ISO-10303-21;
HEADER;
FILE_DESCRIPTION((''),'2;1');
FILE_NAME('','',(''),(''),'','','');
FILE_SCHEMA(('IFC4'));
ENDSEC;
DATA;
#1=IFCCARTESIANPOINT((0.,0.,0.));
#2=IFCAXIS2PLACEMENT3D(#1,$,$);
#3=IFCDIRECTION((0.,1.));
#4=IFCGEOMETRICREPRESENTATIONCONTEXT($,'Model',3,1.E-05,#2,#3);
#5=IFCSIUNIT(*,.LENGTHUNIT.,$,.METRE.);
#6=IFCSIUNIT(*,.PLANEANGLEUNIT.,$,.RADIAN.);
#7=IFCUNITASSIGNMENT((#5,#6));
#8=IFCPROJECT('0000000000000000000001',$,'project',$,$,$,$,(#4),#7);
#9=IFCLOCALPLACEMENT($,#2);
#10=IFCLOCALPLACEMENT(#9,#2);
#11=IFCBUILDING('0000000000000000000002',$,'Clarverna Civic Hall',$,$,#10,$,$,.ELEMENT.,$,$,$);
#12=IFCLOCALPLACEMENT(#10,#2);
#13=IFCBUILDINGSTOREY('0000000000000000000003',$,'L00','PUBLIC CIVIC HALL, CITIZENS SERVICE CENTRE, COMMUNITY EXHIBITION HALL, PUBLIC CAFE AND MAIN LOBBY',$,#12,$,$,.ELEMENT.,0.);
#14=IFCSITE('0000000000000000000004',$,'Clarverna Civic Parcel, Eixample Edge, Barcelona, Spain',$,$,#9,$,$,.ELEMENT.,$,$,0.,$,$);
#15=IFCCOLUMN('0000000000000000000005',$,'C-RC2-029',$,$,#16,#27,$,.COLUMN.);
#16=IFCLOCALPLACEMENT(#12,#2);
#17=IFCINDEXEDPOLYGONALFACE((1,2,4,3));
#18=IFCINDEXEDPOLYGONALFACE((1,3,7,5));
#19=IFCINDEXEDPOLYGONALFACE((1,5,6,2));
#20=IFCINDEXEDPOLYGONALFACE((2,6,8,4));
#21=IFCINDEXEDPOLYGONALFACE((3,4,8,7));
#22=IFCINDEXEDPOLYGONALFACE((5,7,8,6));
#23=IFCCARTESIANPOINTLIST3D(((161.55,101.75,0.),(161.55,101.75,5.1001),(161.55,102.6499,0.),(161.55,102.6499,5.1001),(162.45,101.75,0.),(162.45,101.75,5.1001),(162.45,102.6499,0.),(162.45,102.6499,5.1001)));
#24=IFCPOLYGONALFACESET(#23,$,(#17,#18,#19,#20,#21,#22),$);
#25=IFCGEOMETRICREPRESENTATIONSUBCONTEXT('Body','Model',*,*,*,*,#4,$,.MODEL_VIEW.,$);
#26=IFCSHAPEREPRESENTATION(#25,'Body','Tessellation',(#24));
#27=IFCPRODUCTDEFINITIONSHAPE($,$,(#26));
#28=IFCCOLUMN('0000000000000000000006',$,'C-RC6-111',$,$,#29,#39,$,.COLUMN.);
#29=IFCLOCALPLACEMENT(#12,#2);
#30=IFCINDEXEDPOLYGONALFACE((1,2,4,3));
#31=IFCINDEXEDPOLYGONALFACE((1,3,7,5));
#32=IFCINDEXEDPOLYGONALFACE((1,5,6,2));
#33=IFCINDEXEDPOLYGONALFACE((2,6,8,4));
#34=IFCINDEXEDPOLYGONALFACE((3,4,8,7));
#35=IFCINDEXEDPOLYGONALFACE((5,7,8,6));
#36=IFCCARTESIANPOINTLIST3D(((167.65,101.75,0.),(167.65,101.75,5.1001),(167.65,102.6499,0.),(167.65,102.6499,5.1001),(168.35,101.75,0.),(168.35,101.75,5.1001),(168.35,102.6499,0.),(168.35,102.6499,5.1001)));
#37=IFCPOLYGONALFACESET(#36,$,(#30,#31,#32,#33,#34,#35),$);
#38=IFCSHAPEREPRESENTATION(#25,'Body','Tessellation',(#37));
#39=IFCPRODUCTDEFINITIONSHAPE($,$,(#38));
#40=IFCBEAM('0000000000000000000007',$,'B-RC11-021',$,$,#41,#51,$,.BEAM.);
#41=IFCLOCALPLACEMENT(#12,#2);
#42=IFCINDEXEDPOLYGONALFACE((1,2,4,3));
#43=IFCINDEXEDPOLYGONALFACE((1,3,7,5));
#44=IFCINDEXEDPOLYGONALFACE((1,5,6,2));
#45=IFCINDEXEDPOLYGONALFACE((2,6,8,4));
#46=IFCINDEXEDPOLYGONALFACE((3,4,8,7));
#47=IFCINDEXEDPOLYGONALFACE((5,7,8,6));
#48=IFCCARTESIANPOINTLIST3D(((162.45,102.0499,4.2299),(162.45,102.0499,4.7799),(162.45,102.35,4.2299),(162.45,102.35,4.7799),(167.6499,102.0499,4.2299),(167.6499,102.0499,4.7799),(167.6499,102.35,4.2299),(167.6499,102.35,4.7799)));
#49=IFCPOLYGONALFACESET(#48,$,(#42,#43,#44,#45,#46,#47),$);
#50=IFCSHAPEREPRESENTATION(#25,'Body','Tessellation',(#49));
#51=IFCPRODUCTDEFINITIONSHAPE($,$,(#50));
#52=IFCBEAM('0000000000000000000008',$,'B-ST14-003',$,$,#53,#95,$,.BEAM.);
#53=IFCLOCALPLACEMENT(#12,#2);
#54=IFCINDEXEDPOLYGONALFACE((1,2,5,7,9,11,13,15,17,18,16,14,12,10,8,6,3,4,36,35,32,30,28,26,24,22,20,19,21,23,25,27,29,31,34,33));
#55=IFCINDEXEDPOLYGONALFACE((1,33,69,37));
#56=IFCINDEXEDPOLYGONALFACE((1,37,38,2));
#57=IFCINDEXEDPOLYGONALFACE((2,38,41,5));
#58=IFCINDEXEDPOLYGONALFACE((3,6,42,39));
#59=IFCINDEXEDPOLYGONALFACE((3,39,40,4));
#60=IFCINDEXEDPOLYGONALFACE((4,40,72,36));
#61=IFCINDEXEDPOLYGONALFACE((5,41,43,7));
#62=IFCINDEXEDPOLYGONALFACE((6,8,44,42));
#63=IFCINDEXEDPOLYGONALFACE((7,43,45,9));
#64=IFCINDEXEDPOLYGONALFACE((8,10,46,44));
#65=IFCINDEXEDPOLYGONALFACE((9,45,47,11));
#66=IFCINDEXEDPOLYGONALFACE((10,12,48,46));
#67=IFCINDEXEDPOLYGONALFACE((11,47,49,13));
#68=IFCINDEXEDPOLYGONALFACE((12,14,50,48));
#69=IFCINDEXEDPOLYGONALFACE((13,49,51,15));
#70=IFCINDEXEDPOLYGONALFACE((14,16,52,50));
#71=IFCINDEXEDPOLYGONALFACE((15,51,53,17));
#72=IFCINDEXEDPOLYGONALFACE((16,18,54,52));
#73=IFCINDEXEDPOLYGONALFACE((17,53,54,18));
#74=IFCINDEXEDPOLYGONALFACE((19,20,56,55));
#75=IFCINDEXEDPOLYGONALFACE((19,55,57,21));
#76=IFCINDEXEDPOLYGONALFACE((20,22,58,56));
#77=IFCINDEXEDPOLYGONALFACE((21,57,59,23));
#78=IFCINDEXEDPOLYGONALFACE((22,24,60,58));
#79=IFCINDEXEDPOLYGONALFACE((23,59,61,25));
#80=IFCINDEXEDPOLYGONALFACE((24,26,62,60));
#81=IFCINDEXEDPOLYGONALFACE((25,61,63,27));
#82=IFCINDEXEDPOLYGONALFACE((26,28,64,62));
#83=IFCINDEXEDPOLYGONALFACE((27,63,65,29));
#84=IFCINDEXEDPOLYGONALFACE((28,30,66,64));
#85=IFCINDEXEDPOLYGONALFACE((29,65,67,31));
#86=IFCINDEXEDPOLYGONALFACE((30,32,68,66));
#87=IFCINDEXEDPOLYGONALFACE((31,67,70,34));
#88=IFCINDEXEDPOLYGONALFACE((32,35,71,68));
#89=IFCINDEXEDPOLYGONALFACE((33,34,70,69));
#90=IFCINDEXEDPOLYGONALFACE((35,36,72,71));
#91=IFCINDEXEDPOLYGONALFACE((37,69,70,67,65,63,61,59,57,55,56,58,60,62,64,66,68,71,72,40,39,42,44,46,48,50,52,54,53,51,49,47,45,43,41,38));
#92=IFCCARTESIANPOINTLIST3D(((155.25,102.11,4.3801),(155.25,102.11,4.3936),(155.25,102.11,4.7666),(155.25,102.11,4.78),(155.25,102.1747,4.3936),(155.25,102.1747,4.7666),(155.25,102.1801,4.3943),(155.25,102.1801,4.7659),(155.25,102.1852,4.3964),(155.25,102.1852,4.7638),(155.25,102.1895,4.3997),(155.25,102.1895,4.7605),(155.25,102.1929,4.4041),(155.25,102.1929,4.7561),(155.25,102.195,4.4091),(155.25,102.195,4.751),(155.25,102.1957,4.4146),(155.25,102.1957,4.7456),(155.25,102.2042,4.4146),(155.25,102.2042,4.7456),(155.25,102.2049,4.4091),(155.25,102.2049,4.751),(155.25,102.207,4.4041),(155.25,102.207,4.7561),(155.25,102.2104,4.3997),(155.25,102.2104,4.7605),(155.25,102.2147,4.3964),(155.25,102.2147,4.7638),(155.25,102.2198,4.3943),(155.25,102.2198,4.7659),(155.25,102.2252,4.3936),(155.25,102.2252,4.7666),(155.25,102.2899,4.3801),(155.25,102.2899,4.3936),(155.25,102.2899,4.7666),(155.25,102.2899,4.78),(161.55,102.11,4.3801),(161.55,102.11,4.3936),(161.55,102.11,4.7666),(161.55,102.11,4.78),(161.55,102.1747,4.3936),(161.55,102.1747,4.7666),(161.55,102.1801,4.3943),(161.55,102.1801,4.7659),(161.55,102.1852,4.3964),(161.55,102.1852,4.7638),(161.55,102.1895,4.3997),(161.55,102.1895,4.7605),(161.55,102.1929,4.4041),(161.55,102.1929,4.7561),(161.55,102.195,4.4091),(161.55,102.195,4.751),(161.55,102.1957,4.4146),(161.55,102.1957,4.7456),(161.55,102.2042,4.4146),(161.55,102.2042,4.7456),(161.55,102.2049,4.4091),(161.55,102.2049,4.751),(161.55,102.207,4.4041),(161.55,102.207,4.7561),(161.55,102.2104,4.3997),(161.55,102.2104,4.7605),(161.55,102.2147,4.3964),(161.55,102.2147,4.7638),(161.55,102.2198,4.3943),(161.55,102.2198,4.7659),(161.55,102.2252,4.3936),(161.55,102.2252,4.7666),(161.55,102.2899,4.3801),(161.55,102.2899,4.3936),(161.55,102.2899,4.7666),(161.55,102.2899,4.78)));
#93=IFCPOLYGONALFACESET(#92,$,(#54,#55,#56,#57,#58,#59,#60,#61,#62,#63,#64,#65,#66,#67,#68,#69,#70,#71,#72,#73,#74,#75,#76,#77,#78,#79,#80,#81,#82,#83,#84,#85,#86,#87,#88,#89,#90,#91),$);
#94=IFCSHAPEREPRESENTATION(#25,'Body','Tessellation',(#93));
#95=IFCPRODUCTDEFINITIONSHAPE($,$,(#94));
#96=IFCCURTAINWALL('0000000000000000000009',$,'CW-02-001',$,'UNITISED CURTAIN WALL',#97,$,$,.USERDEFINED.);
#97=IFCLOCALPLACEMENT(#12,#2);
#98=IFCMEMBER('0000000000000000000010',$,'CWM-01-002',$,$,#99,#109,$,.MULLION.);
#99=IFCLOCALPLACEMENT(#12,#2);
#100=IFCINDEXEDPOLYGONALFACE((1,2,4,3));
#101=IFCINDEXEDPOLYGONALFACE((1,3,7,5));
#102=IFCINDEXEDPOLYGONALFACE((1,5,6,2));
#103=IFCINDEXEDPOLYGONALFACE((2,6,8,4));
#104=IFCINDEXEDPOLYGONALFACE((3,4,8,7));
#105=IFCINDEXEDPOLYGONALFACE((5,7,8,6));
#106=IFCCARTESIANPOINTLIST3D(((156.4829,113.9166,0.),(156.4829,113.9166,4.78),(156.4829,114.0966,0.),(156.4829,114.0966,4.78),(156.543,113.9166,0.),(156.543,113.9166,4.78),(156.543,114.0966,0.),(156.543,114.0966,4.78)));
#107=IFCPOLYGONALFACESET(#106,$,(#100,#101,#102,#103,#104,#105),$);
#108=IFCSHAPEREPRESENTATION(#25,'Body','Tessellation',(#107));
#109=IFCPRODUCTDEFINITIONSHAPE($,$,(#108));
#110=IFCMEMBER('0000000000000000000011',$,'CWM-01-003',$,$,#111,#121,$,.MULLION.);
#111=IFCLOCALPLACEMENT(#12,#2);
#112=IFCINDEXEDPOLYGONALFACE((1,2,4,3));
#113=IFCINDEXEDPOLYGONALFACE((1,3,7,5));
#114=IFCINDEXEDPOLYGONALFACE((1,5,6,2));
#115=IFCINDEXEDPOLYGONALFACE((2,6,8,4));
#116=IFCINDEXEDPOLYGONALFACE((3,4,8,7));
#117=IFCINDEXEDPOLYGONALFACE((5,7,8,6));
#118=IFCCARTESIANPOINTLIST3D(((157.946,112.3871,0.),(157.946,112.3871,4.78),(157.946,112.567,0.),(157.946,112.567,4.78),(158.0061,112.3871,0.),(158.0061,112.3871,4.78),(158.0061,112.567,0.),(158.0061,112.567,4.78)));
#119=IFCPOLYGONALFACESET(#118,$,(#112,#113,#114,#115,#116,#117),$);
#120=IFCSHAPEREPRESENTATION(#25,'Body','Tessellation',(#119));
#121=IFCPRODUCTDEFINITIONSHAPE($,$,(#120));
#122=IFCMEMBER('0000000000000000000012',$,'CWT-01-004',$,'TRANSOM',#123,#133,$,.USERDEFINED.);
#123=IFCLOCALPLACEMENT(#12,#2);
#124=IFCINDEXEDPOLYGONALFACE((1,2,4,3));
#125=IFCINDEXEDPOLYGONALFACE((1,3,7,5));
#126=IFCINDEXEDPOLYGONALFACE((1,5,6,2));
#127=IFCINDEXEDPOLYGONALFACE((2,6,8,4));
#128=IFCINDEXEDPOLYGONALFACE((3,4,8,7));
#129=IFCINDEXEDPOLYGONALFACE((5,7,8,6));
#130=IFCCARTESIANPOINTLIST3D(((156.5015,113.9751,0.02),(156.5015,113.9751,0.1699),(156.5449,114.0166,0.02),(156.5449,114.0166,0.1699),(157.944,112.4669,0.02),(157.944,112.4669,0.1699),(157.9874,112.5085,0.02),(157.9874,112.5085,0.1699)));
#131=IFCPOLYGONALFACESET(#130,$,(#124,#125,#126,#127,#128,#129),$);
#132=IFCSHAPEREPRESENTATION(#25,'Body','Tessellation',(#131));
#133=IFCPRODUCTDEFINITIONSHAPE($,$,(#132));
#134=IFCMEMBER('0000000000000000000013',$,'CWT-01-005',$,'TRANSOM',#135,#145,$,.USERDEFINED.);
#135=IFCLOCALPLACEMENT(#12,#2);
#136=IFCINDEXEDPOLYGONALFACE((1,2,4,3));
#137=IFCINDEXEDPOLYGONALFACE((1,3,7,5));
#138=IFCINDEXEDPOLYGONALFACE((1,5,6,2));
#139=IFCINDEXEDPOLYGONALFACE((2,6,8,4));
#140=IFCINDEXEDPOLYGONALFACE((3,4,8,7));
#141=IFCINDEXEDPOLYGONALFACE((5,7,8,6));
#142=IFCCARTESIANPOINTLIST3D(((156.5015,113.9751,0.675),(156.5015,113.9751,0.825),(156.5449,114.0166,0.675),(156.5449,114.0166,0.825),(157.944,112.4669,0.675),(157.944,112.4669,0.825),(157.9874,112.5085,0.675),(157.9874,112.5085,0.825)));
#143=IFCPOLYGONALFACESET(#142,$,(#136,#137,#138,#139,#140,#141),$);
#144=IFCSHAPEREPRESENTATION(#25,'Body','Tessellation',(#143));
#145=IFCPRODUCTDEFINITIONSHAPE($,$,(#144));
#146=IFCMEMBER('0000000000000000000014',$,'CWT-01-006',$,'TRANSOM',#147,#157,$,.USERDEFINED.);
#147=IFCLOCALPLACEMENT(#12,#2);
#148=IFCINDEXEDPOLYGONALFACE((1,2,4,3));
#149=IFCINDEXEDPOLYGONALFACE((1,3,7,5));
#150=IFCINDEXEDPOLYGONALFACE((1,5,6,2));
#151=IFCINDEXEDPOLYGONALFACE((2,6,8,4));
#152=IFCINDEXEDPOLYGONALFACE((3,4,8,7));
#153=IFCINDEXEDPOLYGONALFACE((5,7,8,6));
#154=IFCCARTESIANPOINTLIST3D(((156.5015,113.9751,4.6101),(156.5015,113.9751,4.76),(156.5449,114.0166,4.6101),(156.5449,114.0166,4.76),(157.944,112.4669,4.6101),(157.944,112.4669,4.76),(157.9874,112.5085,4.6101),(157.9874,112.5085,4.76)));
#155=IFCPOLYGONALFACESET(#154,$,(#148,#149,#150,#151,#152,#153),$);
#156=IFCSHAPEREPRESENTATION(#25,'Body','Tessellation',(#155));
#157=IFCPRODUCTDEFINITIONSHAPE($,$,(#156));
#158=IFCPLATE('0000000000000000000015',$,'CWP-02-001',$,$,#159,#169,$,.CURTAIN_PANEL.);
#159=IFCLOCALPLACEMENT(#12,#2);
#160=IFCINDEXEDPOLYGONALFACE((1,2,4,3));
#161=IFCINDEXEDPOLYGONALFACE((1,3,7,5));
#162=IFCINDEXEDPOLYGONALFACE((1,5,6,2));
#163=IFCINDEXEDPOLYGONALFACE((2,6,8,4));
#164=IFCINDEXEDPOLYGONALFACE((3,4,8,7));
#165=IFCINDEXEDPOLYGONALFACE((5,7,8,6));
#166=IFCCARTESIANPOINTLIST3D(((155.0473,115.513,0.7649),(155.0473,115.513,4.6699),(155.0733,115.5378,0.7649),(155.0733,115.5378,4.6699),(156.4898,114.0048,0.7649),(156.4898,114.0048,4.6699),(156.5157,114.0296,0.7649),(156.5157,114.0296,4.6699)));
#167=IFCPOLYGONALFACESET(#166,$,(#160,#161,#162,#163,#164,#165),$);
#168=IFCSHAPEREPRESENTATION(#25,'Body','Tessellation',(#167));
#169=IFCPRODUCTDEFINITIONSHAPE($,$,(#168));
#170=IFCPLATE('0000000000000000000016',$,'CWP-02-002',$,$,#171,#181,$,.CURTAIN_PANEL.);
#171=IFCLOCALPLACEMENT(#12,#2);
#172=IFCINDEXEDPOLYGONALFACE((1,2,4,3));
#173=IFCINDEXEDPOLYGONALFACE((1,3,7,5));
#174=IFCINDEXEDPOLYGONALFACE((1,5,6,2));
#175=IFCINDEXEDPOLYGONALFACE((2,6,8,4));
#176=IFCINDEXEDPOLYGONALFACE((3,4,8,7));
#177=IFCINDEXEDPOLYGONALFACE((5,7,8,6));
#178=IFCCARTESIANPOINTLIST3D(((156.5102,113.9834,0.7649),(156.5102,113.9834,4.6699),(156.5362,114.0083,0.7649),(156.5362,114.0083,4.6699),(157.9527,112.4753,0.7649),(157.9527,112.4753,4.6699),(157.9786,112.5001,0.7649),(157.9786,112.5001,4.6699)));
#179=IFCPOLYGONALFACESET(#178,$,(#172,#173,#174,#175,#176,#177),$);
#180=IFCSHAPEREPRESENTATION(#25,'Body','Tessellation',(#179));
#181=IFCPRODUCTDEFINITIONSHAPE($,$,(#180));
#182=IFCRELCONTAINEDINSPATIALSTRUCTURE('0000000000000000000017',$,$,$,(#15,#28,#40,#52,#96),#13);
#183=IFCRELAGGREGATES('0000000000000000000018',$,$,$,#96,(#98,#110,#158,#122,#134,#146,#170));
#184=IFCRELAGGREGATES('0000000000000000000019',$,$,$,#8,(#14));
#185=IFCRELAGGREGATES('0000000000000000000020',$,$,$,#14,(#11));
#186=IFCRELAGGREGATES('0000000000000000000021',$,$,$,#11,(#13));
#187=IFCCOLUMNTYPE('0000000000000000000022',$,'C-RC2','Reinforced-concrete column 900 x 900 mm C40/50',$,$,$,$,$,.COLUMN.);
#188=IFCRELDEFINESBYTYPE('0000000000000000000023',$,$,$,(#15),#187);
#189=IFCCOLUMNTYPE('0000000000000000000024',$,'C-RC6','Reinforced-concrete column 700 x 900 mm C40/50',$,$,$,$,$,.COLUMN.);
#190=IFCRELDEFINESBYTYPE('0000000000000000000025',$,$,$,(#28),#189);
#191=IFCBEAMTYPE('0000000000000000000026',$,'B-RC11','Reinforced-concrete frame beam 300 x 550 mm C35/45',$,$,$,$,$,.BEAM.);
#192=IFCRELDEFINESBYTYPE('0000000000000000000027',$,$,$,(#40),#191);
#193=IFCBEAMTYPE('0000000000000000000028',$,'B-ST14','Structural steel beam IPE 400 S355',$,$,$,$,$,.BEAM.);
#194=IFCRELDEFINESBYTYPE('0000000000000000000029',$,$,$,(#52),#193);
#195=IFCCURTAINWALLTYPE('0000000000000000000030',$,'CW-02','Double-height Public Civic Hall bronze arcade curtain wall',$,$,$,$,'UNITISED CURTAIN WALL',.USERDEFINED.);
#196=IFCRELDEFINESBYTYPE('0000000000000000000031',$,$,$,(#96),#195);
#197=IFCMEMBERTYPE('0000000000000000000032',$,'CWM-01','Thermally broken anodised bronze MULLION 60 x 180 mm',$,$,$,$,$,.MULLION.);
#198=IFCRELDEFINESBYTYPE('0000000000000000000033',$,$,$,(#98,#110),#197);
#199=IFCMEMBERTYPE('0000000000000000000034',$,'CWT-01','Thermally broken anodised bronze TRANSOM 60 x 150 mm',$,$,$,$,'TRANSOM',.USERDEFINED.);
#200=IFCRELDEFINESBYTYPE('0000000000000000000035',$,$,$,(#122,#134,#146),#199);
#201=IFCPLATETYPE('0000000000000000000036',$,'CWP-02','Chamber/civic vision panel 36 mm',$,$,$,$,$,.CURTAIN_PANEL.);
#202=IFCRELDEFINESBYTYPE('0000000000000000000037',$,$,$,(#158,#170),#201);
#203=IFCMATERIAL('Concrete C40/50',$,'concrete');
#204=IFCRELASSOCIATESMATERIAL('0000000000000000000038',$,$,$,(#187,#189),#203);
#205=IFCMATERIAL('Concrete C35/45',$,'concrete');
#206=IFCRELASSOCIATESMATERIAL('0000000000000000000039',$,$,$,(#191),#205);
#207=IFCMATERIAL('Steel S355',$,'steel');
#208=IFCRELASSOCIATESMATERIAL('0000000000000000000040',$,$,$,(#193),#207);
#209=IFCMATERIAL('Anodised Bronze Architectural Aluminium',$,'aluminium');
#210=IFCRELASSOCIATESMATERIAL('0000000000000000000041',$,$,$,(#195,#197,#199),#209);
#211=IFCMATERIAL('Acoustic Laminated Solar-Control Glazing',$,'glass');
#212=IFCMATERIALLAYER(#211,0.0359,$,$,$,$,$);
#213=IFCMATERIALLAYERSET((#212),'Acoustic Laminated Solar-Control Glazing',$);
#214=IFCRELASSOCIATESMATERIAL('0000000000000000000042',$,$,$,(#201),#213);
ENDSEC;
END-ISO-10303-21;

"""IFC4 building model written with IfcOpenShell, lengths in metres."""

from ifc_helpers import new_model, si_unit, direction, frame, frame_2d, origin, origin_2d, place, context, subcontext, project, spatial, rectangle, i_section, extrude, material, layer, layer_set, material_profile, profile_set, type_object, element, aggregate, save


model = new_model("IFC4")

# Units and contexts
model_context = context("Model", 3, precision=1e-05, world=origin(), true_north=direction((0.0, 1.0)))
body_context = subcontext(model_context, "Body", "Model", "MODEL_VIEW")
ifc_project = project(units=[si_unit("LENGTHUNIT", "METRE"), si_unit("PLANEANGLEUNIT", "RADIAN")], contexts=[model_context])

# Site, building, storey
site_placement = place(None, origin())
site = spatial("IfcSite", under=ifc_project, at=site_placement, Name="Clarverna Civic Parcel, Eixample Edge, Barcelona, Spain", CompositionType="ELEMENT", RefElevation=0.0)
building_placement = place(site_placement, origin())
building = spatial("IfcBuilding", under=site, at=building_placement, Name="Clarverna Civic Hall", CompositionType="ELEMENT")
storey_placement = place(building_placement, origin())
storey = spatial("IfcBuildingStorey", under=building, at=storey_placement, Name="L00", Description="PUBLIC CIVIC HALL, CITIZENS SERVICE CENTRE, COMMUNITY EXHIBITION HALL, PUBLIC CAFE AND MAIN LOBBY", CompositionType="ELEMENT", Elevation=0.0)

# Columns
ifc_material_1 = material(Name="Concrete C40/50", Category="concrete")
ifc_material_profile_1 = material_profile(ifc_material_1, rectangle(XDim=0.8999, YDim=0.8999, at=origin_2d()), Name="RC 900x900")
ifc_profile_set_1 = profile_set([ifc_material_profile_1], Name="Concrete C40/50")
column_type_1 = type_object("IfcColumnType", Name="C-RC2", Description="Reinforced-concrete column 900 x 900 mm C40/50", PredefinedType="COLUMN", material=ifc_profile_set_1)
column_1_placement = place(storey_placement, frame((162.0, 102.2, 0.0), z_axis=(0.0, 0.0, 1.0), x_axis=(1.0, 0.0, 0.0)))
element("IfcColumn", 1, at=column_1_placement, inside=storey, type_object=column_type_1, Name="C-RC2-029", PredefinedType="COLUMN", context=body_context, shape_type="SweptSolid", body=[
    extrude(rectangle(XDim=0.8999, YDim=0.8999, at=origin_2d()), origin(), (0.0, 0.0, 1.0), 5.1001),
])
ifc_material_profile_2 = material_profile(ifc_material_1, rectangle(XDim=0.7, YDim=0.8999, at=origin_2d()), Name="RC 700x900")
ifc_profile_set_2 = profile_set([ifc_material_profile_2], Name="Concrete C40/50")
column_type_2 = type_object("IfcColumnType", Name="C-RC6", Description="Reinforced-concrete column 700 x 900 mm C40/50", PredefinedType="COLUMN", material=ifc_profile_set_2)
column_2_placement = place(storey_placement, frame((168.0, 102.2, 0.0), z_axis=(0.0, 0.0, 1.0), x_axis=(1.0, 0.0, 0.0)))
element("IfcColumn", 2, at=column_2_placement, inside=storey, type_object=column_type_2, Name="C-RC6-111", PredefinedType="COLUMN", context=body_context, shape_type="SweptSolid", body=[
    extrude(rectangle(XDim=0.7, YDim=0.8999, at=origin_2d()), origin(), (0.0, 0.0, 1.0), 5.1001),
])

# Beams
ifc_material_2 = material(Name="Concrete C35/45", Category="concrete")
ifc_material_profile_3 = material_profile(ifc_material_2, rectangle(XDim=0.3, YDim=0.55, at=origin_2d()), Name="RC 300x550")
ifc_profile_set_3 = profile_set([ifc_material_profile_3], Name="Concrete C35/45")
beam_type_1 = type_object("IfcBeamType", Name="B-RC11", Description="Reinforced-concrete frame beam 300 x 550 mm C35/45", PredefinedType="BEAM", material=ifc_profile_set_3)
beam_1_placement = place(storey_placement, frame((162.45, 102.2, 4.5049), z_axis=(1.0, 0.0, 0.0), x_axis=(0.0, 1.0, 0.0)))
element("IfcBeam", 3, at=beam_1_placement, inside=storey, type_object=beam_type_1, Name="B-RC11-021", PredefinedType="BEAM", context=body_context, shape_type="SweptSolid", body=[
    extrude(rectangle(XDim=0.3, YDim=0.55, at=origin_2d()), origin(), (0.0, 0.0, 1.0), 5.2),
])
ifc_material_3 = material(Name="Steel S355", Category="steel")
ifc_material_profile_4 = material_profile(ifc_material_3, i_section(OverallWidth=0.1799, OverallDepth=0.3999, WebThickness=0.0085, FlangeThickness=0.0134, FilletRadius=0.021, at=origin_2d()), Name="IPE 400")
ifc_profile_set_4 = profile_set([ifc_material_profile_4], Name="Steel S355")
beam_type_2 = type_object("IfcBeamType", Name="B-ST14", Description="Structural steel beam IPE 400 S355", PredefinedType="BEAM", material=ifc_profile_set_4)
beam_2_placement = place(storey_placement, frame((155.25, 102.2, 4.5801), z_axis=(1.0, 0.0, 0.0), x_axis=(0.0, 1.0, 0.0)))
element("IfcBeam", 4, at=beam_2_placement, inside=storey, type_object=beam_type_2, Name="B-ST14-003", PredefinedType="BEAM", context=body_context, shape_type="SweptSolid", body=[
    extrude(i_section(OverallWidth=0.1799, OverallDepth=0.3999, WebThickness=0.0085, FlangeThickness=0.0134, FilletRadius=0.021, at=origin_2d()), origin(), (0.0, 0.0, 1.0), 6.3),
])

# Curtain wall, members, plates
ifc_material_4 = material(Name="Anodised Bronze Architectural Aluminium", Category="aluminium")
curtain_wall_type = type_object("IfcCurtainWallType", Name="CW-02", Description="Double-height Public Civic Hall bronze arcade curtain wall", ElementType="UNITISED CURTAIN WALL", PredefinedType="USERDEFINED", material=ifc_material_4)
curtain_wall_placement = place(storey_placement, origin())
curtain_wall = element("IfcCurtainWall", 5, at=curtain_wall_placement, inside=storey, type_object=curtain_wall_type, Name="CW-02-001", ObjectType="UNITISED CURTAIN WALL", PredefinedType="USERDEFINED")
ifc_material_profile_5 = material_profile(ifc_material_4, rectangle(XDim=0.0601, YDim=0.1799, at=origin_2d()), Name="BRONZE 60x180")
ifc_profile_set_5 = profile_set([ifc_material_profile_5], Name="Anodised Bronze Architectural Aluminium")
member_type_1 = type_object("IfcMemberType", Name="CWM-01", Description="Thermally broken anodised bronze MULLION 60 x 180 mm", PredefinedType="MULLION", material=ifc_profile_set_5)
member_1_placement = place(storey_placement, frame((156.5129, 114.0066, 0.0), z_axis=(0.0, 0.0, 1.0), x_axis=(1.0, 0.0, 0.0)))
member_1 = element("IfcMember", 6, at=member_1_placement, type_object=member_type_1, Name="CWM-01-002", PredefinedType="MULLION", context=body_context, shape_type="SweptSolid", body=[
    extrude(rectangle(XDim=0.0601, YDim=0.1799, at=origin_2d()), origin(), (0.0, 0.0, 1.0), 4.78),
])
member_2_placement = place(storey_placement, frame((157.9761, 112.4771, 0.0), z_axis=(0.0, 0.0, 1.0), x_axis=(1.0, 0.0, 0.0)))
member_2 = element("IfcMember", 7, at=member_2_placement, type_object=member_type_1, Name="CWM-01-003", PredefinedType="MULLION", context=body_context, shape_type="SweptSolid", body=[
    extrude(rectangle(XDim=0.0601, YDim=0.1799, at=origin_2d()), origin(), (0.0, 0.0, 1.0), 4.78),
])
ifc_material_profile_6 = material_profile(ifc_material_4, rectangle(XDim=0.0601, YDim=0.1499, at=origin_2d()), Name="BRONZE 60x150")
ifc_profile_set_6 = profile_set([ifc_material_profile_6], Name="Anodised Bronze Architectural Aluminium")
member_type_2 = type_object("IfcMemberType", Name="CWT-01", Description="Thermally broken anodised bronze TRANSOM 60 x 150 mm", ElementType="TRANSOM", PredefinedType="USERDEFINED", material=ifc_profile_set_6)
member_3_placement = place(storey_placement, frame((156.5232, 113.9958, 0.095), z_axis=(0.691196, -0.722667, 0.0), x_axis=(0.722667, 0.691196, 0.0)))
member_3 = element("IfcMember", 8, at=member_3_placement, type_object=member_type_2, Name="CWT-01-004", ObjectType="TRANSOM", PredefinedType="USERDEFINED", context=body_context, shape_type="SweptSolid", body=[
    extrude(rectangle(XDim=0.0601, YDim=0.1499, at=origin_2d()), origin(), (0.0, 0.0, 1.0), 2.0869),
])
member_4_placement = place(storey_placement, frame((156.5232, 113.9958, 0.75), z_axis=(0.691196, -0.722667, 0.0), x_axis=(0.722667, 0.691196, 0.0)))
member_4 = element("IfcMember", 9, at=member_4_placement, type_object=member_type_2, Name="CWT-01-005", ObjectType="TRANSOM", PredefinedType="USERDEFINED", context=body_context, shape_type="SweptSolid", body=[
    extrude(rectangle(XDim=0.0601, YDim=0.1499, at=origin_2d()), origin(), (0.0, 0.0, 1.0), 2.0869),
])
member_5_placement = place(storey_placement, frame((156.5232, 113.9958, 4.6851), z_axis=(0.691196, -0.722667, 0.0), x_axis=(0.722667, 0.691196, 0.0)))
member_5 = element("IfcMember", 10, at=member_5_placement, type_object=member_type_2, Name="CWT-01-006", ObjectType="TRANSOM", PredefinedType="USERDEFINED", context=body_context, shape_type="SweptSolid", body=[
    extrude(rectangle(XDim=0.0601, YDim=0.1499, at=origin_2d()), origin(), (0.0, 0.0, 1.0), 2.0869),
])
ifc_material_5 = material(Name="Acoustic Laminated Solar-Control Glazing", Category="glass")
ifc_layer_1 = layer(ifc_material_5, 0.0359)
ifc_layer_set_1 = layer_set([ifc_layer_1], Name="Acoustic Laminated Solar-Control Glazing")
plate_type_1 = type_object("IfcPlateType", Name="CWP-02", Description="Chamber/civic vision panel 36 mm", PredefinedType="CURTAIN_PANEL", material=ifc_layer_set_1)
plate_1_placement = place(storey_placement, frame((155.0603, 115.5254, 0.7649), z_axis=(0.0, 0.0, 1.0), x_axis=(0.691196, -0.722667, 0.0)))
plate_1 = element("IfcPlate", 11, at=plate_1_placement, type_object=plate_type_1, Name="CWP-02-001", PredefinedType="CURTAIN_PANEL", context=body_context, shape_type="SweptSolid", body=[
    extrude(rectangle(XDim=2.0869, YDim=0.0359, at=frame_2d((1.0435, 0.0))), origin(), (0.0, 0.0, 1.0), 3.905),
])
plate_2_placement = place(storey_placement, frame((156.5232, 113.9958, 0.7649), z_axis=(0.0, 0.0, 1.0), x_axis=(0.691196, -0.722667, 0.0)))
plate_2 = element("IfcPlate", 12, at=plate_2_placement, type_object=plate_type_1, Name="CWP-02-002", PredefinedType="CURTAIN_PANEL", context=body_context, shape_type="SweptSolid", body=[
    extrude(rectangle(XDim=2.0869, YDim=0.0359, at=frame_2d((1.0435, 0.0))), origin(), (0.0, 0.0, 1.0), 3.905),
])
aggregate(curtain_wall, [member_1, member_2, plate_1, member_3, member_4, member_5, plate_2])

save(model, "model.ifc")
